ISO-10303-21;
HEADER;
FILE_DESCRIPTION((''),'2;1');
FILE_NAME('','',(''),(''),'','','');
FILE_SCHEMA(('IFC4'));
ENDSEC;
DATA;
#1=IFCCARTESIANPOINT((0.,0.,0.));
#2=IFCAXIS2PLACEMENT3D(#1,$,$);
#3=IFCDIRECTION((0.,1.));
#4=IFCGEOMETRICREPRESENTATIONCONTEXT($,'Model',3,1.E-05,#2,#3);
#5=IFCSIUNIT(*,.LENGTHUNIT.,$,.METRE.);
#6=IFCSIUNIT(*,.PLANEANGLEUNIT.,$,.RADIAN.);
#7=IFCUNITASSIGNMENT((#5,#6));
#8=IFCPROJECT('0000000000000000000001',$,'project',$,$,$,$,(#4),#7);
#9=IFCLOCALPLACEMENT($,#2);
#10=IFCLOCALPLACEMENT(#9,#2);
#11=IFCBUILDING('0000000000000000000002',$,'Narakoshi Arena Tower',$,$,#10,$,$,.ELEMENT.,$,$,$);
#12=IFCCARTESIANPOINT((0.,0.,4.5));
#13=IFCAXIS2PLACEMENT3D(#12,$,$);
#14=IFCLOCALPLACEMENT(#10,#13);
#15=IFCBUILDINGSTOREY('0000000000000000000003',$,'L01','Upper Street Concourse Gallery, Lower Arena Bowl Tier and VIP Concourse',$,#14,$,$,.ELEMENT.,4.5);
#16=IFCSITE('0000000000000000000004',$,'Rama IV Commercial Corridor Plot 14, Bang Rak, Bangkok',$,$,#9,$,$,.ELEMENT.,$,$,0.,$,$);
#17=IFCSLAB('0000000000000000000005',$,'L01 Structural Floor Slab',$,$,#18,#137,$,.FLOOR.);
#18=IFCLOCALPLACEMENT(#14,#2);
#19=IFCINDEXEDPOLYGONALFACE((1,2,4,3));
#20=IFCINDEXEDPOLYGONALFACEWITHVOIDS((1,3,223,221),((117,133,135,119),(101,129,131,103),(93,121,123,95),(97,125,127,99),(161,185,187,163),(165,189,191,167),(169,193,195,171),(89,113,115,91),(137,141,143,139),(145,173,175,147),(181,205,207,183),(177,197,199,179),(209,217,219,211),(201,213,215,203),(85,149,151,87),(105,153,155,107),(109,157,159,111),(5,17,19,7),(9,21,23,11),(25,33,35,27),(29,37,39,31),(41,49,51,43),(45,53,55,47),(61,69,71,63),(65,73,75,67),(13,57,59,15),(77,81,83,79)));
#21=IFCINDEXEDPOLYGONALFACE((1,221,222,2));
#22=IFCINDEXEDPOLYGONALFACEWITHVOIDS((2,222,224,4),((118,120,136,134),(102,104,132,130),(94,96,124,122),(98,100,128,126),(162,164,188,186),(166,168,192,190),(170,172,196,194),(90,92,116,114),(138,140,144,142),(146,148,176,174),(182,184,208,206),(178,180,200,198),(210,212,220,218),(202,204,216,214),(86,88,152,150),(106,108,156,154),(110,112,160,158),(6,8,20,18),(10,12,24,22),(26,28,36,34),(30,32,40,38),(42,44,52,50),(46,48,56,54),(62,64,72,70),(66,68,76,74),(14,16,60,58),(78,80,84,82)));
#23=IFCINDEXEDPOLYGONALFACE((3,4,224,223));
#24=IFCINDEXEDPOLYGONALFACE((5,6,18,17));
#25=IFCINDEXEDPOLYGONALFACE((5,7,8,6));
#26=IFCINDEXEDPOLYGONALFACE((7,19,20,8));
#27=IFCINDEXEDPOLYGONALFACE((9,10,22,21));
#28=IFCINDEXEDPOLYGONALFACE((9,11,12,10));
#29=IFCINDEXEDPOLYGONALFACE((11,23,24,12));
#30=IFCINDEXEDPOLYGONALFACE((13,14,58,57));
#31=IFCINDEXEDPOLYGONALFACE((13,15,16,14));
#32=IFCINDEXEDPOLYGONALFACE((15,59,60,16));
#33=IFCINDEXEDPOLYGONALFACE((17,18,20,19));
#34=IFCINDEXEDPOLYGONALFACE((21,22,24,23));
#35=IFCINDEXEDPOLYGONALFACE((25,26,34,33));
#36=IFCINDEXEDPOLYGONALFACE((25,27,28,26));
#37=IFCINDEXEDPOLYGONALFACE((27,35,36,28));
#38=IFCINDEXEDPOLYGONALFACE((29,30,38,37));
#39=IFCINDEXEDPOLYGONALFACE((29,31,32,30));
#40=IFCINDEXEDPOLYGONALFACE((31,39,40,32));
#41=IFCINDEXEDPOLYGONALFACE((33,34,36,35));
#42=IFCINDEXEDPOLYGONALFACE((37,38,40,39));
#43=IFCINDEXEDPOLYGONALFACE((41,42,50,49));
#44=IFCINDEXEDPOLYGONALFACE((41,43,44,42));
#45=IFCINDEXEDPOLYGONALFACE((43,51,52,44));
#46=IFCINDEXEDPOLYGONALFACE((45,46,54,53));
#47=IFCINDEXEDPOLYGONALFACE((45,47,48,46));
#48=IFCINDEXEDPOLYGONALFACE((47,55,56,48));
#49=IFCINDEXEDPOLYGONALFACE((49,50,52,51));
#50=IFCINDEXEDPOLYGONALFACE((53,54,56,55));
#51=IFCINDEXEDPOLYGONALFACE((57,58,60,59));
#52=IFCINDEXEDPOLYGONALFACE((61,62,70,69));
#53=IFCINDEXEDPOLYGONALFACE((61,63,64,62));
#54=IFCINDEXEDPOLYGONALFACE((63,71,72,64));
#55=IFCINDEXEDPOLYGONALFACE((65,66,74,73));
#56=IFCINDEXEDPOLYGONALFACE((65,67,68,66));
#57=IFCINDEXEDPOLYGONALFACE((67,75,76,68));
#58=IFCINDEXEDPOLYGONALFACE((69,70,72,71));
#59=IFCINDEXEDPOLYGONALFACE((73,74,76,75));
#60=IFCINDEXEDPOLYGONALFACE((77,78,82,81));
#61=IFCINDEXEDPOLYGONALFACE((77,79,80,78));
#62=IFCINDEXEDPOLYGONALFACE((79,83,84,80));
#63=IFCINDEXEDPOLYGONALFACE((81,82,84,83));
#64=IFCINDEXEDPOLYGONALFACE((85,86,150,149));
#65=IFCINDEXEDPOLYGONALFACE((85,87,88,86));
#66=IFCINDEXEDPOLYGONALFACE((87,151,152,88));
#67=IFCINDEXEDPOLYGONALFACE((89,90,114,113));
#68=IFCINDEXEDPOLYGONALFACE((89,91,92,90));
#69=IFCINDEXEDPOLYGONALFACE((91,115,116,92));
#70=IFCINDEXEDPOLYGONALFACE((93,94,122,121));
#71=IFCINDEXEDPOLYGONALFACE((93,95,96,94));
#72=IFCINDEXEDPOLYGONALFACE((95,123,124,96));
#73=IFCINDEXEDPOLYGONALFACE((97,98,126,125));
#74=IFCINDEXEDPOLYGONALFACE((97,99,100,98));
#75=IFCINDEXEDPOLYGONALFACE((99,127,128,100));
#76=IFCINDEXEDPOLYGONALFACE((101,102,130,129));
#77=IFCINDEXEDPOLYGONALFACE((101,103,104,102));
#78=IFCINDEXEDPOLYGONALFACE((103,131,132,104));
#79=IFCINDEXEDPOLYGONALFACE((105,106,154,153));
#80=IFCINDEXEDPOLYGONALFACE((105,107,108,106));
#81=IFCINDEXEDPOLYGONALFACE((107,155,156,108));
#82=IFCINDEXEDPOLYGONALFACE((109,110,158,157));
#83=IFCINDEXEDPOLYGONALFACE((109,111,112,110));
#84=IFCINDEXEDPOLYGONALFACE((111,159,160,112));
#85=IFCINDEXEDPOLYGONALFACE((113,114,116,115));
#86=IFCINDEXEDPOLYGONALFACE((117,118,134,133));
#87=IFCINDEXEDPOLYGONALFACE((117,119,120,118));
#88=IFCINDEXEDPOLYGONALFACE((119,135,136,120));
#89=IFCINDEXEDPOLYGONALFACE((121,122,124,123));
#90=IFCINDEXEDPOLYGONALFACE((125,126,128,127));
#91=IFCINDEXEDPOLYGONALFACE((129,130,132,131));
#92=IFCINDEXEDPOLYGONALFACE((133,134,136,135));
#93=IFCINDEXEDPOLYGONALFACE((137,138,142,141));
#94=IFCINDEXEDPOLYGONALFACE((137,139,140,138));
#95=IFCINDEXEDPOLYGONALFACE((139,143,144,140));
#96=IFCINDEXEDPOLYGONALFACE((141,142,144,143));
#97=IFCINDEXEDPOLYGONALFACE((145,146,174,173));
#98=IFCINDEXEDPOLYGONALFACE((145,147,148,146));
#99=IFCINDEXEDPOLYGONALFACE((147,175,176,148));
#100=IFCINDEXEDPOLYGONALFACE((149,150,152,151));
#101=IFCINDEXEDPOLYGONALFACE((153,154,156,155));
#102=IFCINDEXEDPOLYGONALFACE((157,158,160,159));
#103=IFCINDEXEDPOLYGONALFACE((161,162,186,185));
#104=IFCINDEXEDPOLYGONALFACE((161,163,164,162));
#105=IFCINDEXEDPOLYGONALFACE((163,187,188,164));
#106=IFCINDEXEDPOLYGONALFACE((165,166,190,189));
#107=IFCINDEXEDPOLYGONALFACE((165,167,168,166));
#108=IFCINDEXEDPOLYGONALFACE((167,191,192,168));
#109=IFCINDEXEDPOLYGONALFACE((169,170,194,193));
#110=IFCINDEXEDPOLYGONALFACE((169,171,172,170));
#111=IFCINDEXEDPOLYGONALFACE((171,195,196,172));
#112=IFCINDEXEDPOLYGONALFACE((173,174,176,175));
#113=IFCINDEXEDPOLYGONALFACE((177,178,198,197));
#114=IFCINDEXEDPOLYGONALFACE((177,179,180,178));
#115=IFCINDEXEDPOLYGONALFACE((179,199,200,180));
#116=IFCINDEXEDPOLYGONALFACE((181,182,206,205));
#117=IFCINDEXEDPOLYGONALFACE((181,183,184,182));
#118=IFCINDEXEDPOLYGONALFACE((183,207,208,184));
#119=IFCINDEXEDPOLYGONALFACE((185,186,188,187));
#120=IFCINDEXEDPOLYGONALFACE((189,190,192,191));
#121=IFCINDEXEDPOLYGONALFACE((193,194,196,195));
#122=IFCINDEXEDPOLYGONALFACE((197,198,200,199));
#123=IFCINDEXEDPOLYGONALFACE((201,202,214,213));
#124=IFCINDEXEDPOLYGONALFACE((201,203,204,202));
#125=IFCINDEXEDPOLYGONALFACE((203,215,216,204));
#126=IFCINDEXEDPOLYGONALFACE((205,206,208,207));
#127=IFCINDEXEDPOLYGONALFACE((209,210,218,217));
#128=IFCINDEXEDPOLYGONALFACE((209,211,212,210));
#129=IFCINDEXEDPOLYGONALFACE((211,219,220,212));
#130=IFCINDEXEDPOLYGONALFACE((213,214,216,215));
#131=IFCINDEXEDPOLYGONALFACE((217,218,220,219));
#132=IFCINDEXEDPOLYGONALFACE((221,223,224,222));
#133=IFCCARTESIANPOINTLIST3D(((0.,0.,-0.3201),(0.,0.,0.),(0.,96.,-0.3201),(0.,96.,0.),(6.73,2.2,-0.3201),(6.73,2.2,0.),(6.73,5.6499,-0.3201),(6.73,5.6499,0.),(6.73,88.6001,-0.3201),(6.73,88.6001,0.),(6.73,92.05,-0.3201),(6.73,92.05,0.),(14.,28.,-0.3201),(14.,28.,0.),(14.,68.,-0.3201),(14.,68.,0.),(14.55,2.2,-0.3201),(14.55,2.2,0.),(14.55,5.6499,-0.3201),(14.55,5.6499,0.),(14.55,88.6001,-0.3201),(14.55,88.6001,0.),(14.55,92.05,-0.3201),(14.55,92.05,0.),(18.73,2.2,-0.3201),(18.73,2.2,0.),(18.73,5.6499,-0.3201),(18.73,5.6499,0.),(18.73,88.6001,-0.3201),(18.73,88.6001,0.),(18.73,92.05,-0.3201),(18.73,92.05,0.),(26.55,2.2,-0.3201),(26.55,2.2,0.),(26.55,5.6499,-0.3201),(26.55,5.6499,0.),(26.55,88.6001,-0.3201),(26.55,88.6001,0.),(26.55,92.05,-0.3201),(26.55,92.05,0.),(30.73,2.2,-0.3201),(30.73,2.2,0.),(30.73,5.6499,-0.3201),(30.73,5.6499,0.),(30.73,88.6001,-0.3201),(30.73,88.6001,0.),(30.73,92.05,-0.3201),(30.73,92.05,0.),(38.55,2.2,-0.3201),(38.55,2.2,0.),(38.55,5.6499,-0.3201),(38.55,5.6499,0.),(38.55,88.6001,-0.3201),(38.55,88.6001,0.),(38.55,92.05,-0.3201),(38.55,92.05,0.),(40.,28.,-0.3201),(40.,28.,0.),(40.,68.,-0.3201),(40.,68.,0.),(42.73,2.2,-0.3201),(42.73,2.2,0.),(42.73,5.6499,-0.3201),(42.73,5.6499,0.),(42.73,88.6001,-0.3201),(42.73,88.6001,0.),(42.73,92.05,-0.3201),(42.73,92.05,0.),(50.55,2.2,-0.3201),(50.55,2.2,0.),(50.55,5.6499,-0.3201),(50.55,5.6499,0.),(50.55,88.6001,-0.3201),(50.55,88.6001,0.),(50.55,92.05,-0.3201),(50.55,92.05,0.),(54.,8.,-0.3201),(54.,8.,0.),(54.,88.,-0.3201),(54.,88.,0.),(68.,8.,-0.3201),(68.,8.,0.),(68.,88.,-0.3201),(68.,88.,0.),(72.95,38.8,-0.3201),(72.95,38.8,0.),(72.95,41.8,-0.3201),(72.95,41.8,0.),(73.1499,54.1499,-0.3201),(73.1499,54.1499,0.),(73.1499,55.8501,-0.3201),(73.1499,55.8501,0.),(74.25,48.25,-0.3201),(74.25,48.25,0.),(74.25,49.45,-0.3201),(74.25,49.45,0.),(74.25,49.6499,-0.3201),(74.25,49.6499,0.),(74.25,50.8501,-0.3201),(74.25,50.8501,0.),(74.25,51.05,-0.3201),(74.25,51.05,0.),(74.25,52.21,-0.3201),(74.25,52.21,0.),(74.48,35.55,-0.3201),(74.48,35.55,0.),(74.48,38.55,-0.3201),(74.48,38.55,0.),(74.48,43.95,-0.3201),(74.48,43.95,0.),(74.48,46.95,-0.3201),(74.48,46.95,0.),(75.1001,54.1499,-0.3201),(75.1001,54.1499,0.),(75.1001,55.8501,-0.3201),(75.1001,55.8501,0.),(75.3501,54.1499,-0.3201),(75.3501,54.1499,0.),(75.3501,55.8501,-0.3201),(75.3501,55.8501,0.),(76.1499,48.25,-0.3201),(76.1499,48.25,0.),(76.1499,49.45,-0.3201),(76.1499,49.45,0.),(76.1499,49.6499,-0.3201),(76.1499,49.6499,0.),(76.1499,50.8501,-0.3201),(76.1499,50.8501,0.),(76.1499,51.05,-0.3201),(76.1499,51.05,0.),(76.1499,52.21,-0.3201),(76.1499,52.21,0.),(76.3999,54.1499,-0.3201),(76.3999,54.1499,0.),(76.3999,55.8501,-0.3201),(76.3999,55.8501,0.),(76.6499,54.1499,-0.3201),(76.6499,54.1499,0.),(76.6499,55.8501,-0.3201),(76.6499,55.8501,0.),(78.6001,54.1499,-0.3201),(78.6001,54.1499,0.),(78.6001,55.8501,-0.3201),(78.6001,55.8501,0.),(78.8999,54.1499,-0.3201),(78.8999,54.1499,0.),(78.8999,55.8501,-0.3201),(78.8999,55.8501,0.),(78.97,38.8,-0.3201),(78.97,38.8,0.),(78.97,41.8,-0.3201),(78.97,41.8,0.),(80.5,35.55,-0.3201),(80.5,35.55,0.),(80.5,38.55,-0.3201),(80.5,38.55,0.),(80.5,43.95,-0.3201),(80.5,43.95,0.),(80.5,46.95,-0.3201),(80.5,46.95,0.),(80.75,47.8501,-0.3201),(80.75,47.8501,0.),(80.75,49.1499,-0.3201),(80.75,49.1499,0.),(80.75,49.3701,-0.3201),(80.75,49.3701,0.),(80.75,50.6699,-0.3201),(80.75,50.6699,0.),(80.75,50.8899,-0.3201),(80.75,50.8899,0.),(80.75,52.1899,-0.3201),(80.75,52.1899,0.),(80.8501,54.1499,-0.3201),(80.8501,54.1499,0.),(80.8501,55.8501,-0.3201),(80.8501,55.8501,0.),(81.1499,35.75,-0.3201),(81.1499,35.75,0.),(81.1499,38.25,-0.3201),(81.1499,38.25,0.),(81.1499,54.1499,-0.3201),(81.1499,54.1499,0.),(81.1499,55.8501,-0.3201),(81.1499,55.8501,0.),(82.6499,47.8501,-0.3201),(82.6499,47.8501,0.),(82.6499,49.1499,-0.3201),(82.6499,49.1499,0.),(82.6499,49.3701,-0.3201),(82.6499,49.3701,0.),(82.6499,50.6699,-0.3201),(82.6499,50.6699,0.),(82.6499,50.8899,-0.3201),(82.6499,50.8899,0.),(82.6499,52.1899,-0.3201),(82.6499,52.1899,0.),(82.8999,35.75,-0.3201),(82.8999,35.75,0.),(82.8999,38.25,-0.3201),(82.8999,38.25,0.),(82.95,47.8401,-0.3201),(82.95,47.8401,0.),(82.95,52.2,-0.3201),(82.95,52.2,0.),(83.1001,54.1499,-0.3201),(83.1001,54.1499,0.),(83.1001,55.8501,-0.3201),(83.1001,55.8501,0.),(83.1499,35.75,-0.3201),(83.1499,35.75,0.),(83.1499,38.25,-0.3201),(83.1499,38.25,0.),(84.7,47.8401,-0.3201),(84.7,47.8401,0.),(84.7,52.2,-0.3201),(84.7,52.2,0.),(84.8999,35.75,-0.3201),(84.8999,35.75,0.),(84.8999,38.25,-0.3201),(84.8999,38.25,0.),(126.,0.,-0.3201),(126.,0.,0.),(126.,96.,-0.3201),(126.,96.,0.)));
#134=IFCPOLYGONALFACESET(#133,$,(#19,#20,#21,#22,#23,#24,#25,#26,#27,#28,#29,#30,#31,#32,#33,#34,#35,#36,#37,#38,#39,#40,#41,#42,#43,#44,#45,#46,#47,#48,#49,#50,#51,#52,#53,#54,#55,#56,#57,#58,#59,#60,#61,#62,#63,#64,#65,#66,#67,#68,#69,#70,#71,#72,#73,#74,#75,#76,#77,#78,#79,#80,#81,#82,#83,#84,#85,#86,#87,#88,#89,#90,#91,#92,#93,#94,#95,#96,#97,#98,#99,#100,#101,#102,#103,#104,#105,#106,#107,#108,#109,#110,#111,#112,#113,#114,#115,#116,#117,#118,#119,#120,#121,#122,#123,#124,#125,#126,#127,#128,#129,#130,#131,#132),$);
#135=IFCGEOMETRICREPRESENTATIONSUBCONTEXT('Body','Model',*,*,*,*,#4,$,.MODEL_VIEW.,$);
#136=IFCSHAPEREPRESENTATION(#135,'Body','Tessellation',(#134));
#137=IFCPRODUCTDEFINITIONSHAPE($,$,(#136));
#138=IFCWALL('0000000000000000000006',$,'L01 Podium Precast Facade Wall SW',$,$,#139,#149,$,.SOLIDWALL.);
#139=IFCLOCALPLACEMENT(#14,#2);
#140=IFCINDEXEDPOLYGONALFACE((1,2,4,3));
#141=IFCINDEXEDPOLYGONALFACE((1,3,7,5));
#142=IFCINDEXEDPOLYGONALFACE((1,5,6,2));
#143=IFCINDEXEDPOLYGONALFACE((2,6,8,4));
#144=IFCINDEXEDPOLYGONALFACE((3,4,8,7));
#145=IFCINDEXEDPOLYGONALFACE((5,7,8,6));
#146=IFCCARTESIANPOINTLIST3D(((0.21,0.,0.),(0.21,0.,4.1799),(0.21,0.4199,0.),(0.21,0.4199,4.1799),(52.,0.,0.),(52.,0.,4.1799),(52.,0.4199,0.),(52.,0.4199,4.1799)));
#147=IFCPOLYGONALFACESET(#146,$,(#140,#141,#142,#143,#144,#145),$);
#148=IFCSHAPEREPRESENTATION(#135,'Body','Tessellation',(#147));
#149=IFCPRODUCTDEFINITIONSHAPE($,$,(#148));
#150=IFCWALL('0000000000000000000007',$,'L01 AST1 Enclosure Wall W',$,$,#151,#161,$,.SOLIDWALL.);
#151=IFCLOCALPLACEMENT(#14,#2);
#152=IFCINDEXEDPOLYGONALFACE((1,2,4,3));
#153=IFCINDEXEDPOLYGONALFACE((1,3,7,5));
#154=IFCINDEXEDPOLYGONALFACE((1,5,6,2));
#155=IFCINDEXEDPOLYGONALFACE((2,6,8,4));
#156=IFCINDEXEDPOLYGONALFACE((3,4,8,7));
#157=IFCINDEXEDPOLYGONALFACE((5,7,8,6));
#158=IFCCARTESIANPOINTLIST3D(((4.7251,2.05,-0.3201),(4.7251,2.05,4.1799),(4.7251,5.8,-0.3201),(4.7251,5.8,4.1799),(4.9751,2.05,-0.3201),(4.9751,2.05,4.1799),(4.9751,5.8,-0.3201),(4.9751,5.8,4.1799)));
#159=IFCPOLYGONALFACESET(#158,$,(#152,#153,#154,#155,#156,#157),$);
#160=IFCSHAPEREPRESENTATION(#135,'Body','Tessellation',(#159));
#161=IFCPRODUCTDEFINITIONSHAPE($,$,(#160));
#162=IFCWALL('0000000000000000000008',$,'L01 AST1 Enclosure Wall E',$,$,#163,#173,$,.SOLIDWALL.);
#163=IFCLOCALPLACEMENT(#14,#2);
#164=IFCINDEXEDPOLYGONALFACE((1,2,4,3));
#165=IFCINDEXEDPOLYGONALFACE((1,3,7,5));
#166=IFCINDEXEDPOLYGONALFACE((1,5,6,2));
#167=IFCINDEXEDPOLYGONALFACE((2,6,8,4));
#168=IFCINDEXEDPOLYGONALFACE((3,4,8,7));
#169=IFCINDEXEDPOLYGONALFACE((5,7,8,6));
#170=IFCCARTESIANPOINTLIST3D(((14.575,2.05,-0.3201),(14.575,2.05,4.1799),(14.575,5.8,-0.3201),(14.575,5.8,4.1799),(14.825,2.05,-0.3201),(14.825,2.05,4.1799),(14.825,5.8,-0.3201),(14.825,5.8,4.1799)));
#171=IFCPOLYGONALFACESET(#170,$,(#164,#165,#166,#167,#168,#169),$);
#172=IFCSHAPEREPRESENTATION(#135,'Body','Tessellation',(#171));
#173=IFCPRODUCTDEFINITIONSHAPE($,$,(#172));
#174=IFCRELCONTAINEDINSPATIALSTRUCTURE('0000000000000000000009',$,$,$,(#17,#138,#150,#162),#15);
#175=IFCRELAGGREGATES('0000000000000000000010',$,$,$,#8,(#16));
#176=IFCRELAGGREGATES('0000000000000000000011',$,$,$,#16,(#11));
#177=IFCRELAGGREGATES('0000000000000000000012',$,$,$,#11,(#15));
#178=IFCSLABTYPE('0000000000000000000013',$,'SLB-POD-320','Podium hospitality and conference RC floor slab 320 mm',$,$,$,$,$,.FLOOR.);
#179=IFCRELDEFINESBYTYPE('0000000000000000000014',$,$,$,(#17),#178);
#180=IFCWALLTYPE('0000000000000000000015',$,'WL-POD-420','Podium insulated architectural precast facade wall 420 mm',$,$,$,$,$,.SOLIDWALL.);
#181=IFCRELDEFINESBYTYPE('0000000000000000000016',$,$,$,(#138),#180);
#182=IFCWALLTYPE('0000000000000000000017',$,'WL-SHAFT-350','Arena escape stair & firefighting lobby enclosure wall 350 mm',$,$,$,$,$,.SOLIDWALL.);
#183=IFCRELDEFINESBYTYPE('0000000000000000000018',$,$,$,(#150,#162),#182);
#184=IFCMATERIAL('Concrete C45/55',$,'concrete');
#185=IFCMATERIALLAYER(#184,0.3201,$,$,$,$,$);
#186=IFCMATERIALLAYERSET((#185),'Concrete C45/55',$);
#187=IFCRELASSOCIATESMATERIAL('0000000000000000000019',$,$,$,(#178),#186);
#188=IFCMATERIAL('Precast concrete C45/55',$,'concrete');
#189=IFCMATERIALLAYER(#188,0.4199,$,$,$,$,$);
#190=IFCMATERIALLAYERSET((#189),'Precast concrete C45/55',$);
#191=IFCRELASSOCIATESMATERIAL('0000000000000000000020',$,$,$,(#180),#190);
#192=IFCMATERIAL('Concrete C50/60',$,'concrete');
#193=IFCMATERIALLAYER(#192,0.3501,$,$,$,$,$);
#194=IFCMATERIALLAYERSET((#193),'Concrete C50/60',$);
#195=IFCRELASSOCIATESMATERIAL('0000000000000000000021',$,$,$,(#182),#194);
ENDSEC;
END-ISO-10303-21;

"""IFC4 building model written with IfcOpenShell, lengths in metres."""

from ifc_helpers import new_model, si_unit, direction, frame, frame_2d, origin, place, context, subcontext, project, spatial, polyline, rectangle, outline, extrude, material, layer, layer_set, type_object, element, save


model = new_model("IFC4")

# Units and contexts
model_context = context("Model", 3, precision=1e-05, world=origin(), true_north=direction((0.0, 1.0)))
body_context = subcontext(model_context, "Body", "Model", "MODEL_VIEW")
ifc_project = project(units=[si_unit("LENGTHUNIT", "METRE"), si_unit("PLANEANGLEUNIT", "RADIAN")], contexts=[model_context])

# Site, building, storey
site_placement = place(None, origin())
site = spatial("IfcSite", under=ifc_project, at=site_placement, Name="Rama IV Commercial Corridor Plot 14, Bang Rak, Bangkok", CompositionType="ELEMENT", RefElevation=0.0)
building_placement = place(site_placement, origin())
building = spatial("IfcBuilding", under=site, at=building_placement, Name="Narakoshi Arena Tower", CompositionType="ELEMENT")
storey_placement = place(building_placement, frame((0.0, 0.0, 4.5)))
storey = spatial("IfcBuildingStorey", under=building, at=storey_placement, Name="L01", Description="Upper Street Concourse Gallery, Lower Arena Bowl Tier and VIP Concourse", CompositionType="ELEMENT", Elevation=4.5)

# Shared definitions
ifc_material_1 = material(Name="Precast concrete C45/55", Category="concrete")

# Shared definitions
ifc_material_2 = material(Name="Concrete C45/55", Category="concrete")

# Slab
ifc_layer_1 = layer(ifc_material_2, 0.3201)
ifc_layer_set_1 = layer_set([ifc_layer_1], Name="Concrete C45/55")
slab_type_1 = type_object("IfcSlabType", Name="SLB-POD-320", Description="Podium hospitality and conference RC floor slab 320 mm", PredefinedType="FLOOR", material=ifc_layer_set_1)
slab_1_placement = place(storey_placement, frame((0.0, 0.0, -0.3201)))
element("IfcSlab", 1, at=slab_1_placement, inside=storey, type_object=slab_type_1, Name="L01 Structural Floor Slab", PredefinedType="FLOOR", context=body_context, shape_type="SweptSolid", body=[
    extrude(outline(polyline([(0.0, 0.0), (126.0, 0.0), (126.0, 96.0), (0.0, 96.0), (0.0, 0.0)]), holes=[polyline([(6.73, 2.2), (6.73, 5.6499), (14.55, 5.6499), (14.55, 2.2), (6.73, 2.2)]), polyline([(18.73, 5.6499), (26.55, 5.6499), (26.55, 2.2), (18.73, 2.2), (18.73, 5.6499)]), polyline([(30.73, 5.6499), (38.55, 5.6499), (38.55, 2.2), (30.73, 2.2), (30.73, 5.6499)]), polyline([(42.73, 2.2), (42.73, 5.6499), (50.55, 5.6499), (50.55, 2.2), (42.73, 2.2)]), polyline([(54.0, 88.0), (68.0, 88.0), (68.0, 8.0), (54.0, 8.0), (54.0, 88.0)]), polyline([(14.0, 68.0), (40.0, 68.0), (40.0, 28.0), (14.0, 28.0), (14.0, 68.0)]), polyline([(74.48, 38.55), (80.5, 38.55), (80.5, 35.55), (74.48, 35.55), (74.48, 38.55)]), polyline([(81.1499, 38.25), (82.8999, 38.25), (82.8999, 35.75), (81.1499, 35.75), (81.1499, 38.25)]), polyline([(83.1499, 38.25), (84.8999, 38.25), (84.8999, 35.75), (83.1499, 35.75), (83.1499, 38.25)]), polyline([(72.95, 41.8), (78.97, 41.8), (78.97, 38.8), (72.95, 38.8), (72.95, 41.8)]), polyline([(74.48, 46.95), (80.5, 46.95), (80.5, 43.95), (74.48, 43.95), (74.48, 46.95)]), polyline([(82.95, 52.2), (84.7, 52.2), (84.7, 47.8401), (82.95, 47.8401), (82.95, 52.2)]), polyline([(80.75, 49.1499), (82.6499, 49.1499), (82.6499, 47.8501), (80.75, 47.8501), (80.75, 49.1499)]), polyline([(74.25, 48.25), (74.25, 49.45), (76.1499, 49.45), (76.1499, 48.25), (74.25, 48.25)]), polyline([(80.75, 49.3701), (80.75, 50.6699), (82.6499, 50.6699), (82.6499, 49.3701), (80.75, 49.3701)]), polyline([(74.25, 50.8501), (76.1499, 50.8501), (76.1499, 49.6499), (74.25, 49.6499), (74.25, 50.8501)]), polyline([(80.75, 52.1899), (82.6499, 52.1899), (82.6499, 50.8899), (80.75, 50.8899), (80.75, 52.1899)]), polyline([(74.25, 52.21), (76.1499, 52.21), (76.1499, 51.05), (74.25, 51.05), (74.25, 52.21)]), polyline([(73.1499, 55.8501), (75.1001, 55.8501), (75.1001, 54.1499), (73.1499, 54.1499), (73.1499, 55.8501)]), polyline([(75.3501, 55.8501), (76.3999, 55.8501), (76.3999, 54.1499), (75.3501, 54.1499), (75.3501, 55.8501)]), polyline([(76.6499, 55.8501), (78.6001, 55.8501), (78.6001, 54.1499), (76.6499, 54.1499), (76.6499, 55.8501)]), polyline([(78.8999, 55.8501), (80.8501, 55.8501), (80.8501, 54.1499), (78.8999, 54.1499), (78.8999, 55.8501)]), polyline([(81.1499, 55.8501), (83.1001, 55.8501), (83.1001, 54.1499), (81.1499, 54.1499), (81.1499, 55.8501)]), polyline([(6.73, 92.05), (14.55, 92.05), (14.55, 88.6001), (6.73, 88.6001), (6.73, 92.05)]), polyline([(18.73, 92.05), (26.55, 92.05), (26.55, 88.6001), (18.73, 88.6001), (18.73, 92.05)]), polyline([(30.73, 92.05), (38.55, 92.05), (38.55, 88.6001), (30.73, 88.6001), (30.73, 92.05)]), polyline([(42.73, 88.6001), (42.73, 92.05), (50.55, 92.05), (50.55, 88.6001), (42.73, 88.6001)])]), origin(), (0.0, 0.0, 1.0), 0.3201),
])

# Walls
ifc_layer_2 = layer(ifc_material_1, 0.4199)
ifc_layer_set_2 = layer_set([ifc_layer_2], Name="Precast concrete C45/55")
wall_type_1 = type_object("IfcWallType", Name="WL-POD-420", Description="Podium insulated architectural precast facade wall 420 mm", PredefinedType="SOLIDWALL", material=ifc_layer_set_2)
wall_1_placement = place(storey_placement, frame((0.21, 0.21, 0.0), z_axis=(0.0, 0.0, 1.0), x_axis=(1.0, 0.0, 0.0)))
element("IfcWall", 2, at=wall_1_placement, inside=storey, type_object=wall_type_1, Name="L01 Podium Precast Facade Wall SW", PredefinedType="SOLIDWALL", context=body_context, shape_type="SweptSolid", body=[
    extrude(rectangle(XDim=51.79, YDim=0.4199, at=frame_2d((25.895, 0.0))), origin(), (0.0, 0.0, 1.0), 4.1799),
])
ifc_material_3 = material(Name="Concrete C50/60", Category="concrete")
ifc_layer_3 = layer(ifc_material_3, 0.3501)
ifc_layer_set_3 = layer_set([ifc_layer_3], Name="Concrete C50/60")
wall_type_2 = type_object("IfcWallType", Name="WL-SHAFT-350", Description="Arena escape stair & firefighting lobby enclosure wall 350 mm", PredefinedType="SOLIDWALL", material=ifc_layer_set_3)
for number, where, z_axis, x_axis, name in (
    (3, (4.8501, 2.05, -0.3201), (0.0, 0.0, 1.0), (0.0, 1.0, 0.0), "L01 AST1 Enclosure Wall W"),
    (4, (14.7, 2.05, -0.3201), (0.0, 0.0, 1.0), (0.0, 1.0, 0.0), "L01 AST1 Enclosure Wall E"),
):
    element("IfcWall", number, at=place(storey_placement, frame(where, z_axis=z_axis, x_axis=x_axis)), inside=storey, type_object=wall_type_2, Name=name, PredefinedType="SOLIDWALL", context=body_context, shape_type="SweptSolid", body=[
        extrude(rectangle(XDim=3.75, YDim=0.25, at=frame_2d((1.875, 0.0))), origin(), (0.0, 0.0, 1.0), 4.5),
    ])

save(model, "model.ifc")
